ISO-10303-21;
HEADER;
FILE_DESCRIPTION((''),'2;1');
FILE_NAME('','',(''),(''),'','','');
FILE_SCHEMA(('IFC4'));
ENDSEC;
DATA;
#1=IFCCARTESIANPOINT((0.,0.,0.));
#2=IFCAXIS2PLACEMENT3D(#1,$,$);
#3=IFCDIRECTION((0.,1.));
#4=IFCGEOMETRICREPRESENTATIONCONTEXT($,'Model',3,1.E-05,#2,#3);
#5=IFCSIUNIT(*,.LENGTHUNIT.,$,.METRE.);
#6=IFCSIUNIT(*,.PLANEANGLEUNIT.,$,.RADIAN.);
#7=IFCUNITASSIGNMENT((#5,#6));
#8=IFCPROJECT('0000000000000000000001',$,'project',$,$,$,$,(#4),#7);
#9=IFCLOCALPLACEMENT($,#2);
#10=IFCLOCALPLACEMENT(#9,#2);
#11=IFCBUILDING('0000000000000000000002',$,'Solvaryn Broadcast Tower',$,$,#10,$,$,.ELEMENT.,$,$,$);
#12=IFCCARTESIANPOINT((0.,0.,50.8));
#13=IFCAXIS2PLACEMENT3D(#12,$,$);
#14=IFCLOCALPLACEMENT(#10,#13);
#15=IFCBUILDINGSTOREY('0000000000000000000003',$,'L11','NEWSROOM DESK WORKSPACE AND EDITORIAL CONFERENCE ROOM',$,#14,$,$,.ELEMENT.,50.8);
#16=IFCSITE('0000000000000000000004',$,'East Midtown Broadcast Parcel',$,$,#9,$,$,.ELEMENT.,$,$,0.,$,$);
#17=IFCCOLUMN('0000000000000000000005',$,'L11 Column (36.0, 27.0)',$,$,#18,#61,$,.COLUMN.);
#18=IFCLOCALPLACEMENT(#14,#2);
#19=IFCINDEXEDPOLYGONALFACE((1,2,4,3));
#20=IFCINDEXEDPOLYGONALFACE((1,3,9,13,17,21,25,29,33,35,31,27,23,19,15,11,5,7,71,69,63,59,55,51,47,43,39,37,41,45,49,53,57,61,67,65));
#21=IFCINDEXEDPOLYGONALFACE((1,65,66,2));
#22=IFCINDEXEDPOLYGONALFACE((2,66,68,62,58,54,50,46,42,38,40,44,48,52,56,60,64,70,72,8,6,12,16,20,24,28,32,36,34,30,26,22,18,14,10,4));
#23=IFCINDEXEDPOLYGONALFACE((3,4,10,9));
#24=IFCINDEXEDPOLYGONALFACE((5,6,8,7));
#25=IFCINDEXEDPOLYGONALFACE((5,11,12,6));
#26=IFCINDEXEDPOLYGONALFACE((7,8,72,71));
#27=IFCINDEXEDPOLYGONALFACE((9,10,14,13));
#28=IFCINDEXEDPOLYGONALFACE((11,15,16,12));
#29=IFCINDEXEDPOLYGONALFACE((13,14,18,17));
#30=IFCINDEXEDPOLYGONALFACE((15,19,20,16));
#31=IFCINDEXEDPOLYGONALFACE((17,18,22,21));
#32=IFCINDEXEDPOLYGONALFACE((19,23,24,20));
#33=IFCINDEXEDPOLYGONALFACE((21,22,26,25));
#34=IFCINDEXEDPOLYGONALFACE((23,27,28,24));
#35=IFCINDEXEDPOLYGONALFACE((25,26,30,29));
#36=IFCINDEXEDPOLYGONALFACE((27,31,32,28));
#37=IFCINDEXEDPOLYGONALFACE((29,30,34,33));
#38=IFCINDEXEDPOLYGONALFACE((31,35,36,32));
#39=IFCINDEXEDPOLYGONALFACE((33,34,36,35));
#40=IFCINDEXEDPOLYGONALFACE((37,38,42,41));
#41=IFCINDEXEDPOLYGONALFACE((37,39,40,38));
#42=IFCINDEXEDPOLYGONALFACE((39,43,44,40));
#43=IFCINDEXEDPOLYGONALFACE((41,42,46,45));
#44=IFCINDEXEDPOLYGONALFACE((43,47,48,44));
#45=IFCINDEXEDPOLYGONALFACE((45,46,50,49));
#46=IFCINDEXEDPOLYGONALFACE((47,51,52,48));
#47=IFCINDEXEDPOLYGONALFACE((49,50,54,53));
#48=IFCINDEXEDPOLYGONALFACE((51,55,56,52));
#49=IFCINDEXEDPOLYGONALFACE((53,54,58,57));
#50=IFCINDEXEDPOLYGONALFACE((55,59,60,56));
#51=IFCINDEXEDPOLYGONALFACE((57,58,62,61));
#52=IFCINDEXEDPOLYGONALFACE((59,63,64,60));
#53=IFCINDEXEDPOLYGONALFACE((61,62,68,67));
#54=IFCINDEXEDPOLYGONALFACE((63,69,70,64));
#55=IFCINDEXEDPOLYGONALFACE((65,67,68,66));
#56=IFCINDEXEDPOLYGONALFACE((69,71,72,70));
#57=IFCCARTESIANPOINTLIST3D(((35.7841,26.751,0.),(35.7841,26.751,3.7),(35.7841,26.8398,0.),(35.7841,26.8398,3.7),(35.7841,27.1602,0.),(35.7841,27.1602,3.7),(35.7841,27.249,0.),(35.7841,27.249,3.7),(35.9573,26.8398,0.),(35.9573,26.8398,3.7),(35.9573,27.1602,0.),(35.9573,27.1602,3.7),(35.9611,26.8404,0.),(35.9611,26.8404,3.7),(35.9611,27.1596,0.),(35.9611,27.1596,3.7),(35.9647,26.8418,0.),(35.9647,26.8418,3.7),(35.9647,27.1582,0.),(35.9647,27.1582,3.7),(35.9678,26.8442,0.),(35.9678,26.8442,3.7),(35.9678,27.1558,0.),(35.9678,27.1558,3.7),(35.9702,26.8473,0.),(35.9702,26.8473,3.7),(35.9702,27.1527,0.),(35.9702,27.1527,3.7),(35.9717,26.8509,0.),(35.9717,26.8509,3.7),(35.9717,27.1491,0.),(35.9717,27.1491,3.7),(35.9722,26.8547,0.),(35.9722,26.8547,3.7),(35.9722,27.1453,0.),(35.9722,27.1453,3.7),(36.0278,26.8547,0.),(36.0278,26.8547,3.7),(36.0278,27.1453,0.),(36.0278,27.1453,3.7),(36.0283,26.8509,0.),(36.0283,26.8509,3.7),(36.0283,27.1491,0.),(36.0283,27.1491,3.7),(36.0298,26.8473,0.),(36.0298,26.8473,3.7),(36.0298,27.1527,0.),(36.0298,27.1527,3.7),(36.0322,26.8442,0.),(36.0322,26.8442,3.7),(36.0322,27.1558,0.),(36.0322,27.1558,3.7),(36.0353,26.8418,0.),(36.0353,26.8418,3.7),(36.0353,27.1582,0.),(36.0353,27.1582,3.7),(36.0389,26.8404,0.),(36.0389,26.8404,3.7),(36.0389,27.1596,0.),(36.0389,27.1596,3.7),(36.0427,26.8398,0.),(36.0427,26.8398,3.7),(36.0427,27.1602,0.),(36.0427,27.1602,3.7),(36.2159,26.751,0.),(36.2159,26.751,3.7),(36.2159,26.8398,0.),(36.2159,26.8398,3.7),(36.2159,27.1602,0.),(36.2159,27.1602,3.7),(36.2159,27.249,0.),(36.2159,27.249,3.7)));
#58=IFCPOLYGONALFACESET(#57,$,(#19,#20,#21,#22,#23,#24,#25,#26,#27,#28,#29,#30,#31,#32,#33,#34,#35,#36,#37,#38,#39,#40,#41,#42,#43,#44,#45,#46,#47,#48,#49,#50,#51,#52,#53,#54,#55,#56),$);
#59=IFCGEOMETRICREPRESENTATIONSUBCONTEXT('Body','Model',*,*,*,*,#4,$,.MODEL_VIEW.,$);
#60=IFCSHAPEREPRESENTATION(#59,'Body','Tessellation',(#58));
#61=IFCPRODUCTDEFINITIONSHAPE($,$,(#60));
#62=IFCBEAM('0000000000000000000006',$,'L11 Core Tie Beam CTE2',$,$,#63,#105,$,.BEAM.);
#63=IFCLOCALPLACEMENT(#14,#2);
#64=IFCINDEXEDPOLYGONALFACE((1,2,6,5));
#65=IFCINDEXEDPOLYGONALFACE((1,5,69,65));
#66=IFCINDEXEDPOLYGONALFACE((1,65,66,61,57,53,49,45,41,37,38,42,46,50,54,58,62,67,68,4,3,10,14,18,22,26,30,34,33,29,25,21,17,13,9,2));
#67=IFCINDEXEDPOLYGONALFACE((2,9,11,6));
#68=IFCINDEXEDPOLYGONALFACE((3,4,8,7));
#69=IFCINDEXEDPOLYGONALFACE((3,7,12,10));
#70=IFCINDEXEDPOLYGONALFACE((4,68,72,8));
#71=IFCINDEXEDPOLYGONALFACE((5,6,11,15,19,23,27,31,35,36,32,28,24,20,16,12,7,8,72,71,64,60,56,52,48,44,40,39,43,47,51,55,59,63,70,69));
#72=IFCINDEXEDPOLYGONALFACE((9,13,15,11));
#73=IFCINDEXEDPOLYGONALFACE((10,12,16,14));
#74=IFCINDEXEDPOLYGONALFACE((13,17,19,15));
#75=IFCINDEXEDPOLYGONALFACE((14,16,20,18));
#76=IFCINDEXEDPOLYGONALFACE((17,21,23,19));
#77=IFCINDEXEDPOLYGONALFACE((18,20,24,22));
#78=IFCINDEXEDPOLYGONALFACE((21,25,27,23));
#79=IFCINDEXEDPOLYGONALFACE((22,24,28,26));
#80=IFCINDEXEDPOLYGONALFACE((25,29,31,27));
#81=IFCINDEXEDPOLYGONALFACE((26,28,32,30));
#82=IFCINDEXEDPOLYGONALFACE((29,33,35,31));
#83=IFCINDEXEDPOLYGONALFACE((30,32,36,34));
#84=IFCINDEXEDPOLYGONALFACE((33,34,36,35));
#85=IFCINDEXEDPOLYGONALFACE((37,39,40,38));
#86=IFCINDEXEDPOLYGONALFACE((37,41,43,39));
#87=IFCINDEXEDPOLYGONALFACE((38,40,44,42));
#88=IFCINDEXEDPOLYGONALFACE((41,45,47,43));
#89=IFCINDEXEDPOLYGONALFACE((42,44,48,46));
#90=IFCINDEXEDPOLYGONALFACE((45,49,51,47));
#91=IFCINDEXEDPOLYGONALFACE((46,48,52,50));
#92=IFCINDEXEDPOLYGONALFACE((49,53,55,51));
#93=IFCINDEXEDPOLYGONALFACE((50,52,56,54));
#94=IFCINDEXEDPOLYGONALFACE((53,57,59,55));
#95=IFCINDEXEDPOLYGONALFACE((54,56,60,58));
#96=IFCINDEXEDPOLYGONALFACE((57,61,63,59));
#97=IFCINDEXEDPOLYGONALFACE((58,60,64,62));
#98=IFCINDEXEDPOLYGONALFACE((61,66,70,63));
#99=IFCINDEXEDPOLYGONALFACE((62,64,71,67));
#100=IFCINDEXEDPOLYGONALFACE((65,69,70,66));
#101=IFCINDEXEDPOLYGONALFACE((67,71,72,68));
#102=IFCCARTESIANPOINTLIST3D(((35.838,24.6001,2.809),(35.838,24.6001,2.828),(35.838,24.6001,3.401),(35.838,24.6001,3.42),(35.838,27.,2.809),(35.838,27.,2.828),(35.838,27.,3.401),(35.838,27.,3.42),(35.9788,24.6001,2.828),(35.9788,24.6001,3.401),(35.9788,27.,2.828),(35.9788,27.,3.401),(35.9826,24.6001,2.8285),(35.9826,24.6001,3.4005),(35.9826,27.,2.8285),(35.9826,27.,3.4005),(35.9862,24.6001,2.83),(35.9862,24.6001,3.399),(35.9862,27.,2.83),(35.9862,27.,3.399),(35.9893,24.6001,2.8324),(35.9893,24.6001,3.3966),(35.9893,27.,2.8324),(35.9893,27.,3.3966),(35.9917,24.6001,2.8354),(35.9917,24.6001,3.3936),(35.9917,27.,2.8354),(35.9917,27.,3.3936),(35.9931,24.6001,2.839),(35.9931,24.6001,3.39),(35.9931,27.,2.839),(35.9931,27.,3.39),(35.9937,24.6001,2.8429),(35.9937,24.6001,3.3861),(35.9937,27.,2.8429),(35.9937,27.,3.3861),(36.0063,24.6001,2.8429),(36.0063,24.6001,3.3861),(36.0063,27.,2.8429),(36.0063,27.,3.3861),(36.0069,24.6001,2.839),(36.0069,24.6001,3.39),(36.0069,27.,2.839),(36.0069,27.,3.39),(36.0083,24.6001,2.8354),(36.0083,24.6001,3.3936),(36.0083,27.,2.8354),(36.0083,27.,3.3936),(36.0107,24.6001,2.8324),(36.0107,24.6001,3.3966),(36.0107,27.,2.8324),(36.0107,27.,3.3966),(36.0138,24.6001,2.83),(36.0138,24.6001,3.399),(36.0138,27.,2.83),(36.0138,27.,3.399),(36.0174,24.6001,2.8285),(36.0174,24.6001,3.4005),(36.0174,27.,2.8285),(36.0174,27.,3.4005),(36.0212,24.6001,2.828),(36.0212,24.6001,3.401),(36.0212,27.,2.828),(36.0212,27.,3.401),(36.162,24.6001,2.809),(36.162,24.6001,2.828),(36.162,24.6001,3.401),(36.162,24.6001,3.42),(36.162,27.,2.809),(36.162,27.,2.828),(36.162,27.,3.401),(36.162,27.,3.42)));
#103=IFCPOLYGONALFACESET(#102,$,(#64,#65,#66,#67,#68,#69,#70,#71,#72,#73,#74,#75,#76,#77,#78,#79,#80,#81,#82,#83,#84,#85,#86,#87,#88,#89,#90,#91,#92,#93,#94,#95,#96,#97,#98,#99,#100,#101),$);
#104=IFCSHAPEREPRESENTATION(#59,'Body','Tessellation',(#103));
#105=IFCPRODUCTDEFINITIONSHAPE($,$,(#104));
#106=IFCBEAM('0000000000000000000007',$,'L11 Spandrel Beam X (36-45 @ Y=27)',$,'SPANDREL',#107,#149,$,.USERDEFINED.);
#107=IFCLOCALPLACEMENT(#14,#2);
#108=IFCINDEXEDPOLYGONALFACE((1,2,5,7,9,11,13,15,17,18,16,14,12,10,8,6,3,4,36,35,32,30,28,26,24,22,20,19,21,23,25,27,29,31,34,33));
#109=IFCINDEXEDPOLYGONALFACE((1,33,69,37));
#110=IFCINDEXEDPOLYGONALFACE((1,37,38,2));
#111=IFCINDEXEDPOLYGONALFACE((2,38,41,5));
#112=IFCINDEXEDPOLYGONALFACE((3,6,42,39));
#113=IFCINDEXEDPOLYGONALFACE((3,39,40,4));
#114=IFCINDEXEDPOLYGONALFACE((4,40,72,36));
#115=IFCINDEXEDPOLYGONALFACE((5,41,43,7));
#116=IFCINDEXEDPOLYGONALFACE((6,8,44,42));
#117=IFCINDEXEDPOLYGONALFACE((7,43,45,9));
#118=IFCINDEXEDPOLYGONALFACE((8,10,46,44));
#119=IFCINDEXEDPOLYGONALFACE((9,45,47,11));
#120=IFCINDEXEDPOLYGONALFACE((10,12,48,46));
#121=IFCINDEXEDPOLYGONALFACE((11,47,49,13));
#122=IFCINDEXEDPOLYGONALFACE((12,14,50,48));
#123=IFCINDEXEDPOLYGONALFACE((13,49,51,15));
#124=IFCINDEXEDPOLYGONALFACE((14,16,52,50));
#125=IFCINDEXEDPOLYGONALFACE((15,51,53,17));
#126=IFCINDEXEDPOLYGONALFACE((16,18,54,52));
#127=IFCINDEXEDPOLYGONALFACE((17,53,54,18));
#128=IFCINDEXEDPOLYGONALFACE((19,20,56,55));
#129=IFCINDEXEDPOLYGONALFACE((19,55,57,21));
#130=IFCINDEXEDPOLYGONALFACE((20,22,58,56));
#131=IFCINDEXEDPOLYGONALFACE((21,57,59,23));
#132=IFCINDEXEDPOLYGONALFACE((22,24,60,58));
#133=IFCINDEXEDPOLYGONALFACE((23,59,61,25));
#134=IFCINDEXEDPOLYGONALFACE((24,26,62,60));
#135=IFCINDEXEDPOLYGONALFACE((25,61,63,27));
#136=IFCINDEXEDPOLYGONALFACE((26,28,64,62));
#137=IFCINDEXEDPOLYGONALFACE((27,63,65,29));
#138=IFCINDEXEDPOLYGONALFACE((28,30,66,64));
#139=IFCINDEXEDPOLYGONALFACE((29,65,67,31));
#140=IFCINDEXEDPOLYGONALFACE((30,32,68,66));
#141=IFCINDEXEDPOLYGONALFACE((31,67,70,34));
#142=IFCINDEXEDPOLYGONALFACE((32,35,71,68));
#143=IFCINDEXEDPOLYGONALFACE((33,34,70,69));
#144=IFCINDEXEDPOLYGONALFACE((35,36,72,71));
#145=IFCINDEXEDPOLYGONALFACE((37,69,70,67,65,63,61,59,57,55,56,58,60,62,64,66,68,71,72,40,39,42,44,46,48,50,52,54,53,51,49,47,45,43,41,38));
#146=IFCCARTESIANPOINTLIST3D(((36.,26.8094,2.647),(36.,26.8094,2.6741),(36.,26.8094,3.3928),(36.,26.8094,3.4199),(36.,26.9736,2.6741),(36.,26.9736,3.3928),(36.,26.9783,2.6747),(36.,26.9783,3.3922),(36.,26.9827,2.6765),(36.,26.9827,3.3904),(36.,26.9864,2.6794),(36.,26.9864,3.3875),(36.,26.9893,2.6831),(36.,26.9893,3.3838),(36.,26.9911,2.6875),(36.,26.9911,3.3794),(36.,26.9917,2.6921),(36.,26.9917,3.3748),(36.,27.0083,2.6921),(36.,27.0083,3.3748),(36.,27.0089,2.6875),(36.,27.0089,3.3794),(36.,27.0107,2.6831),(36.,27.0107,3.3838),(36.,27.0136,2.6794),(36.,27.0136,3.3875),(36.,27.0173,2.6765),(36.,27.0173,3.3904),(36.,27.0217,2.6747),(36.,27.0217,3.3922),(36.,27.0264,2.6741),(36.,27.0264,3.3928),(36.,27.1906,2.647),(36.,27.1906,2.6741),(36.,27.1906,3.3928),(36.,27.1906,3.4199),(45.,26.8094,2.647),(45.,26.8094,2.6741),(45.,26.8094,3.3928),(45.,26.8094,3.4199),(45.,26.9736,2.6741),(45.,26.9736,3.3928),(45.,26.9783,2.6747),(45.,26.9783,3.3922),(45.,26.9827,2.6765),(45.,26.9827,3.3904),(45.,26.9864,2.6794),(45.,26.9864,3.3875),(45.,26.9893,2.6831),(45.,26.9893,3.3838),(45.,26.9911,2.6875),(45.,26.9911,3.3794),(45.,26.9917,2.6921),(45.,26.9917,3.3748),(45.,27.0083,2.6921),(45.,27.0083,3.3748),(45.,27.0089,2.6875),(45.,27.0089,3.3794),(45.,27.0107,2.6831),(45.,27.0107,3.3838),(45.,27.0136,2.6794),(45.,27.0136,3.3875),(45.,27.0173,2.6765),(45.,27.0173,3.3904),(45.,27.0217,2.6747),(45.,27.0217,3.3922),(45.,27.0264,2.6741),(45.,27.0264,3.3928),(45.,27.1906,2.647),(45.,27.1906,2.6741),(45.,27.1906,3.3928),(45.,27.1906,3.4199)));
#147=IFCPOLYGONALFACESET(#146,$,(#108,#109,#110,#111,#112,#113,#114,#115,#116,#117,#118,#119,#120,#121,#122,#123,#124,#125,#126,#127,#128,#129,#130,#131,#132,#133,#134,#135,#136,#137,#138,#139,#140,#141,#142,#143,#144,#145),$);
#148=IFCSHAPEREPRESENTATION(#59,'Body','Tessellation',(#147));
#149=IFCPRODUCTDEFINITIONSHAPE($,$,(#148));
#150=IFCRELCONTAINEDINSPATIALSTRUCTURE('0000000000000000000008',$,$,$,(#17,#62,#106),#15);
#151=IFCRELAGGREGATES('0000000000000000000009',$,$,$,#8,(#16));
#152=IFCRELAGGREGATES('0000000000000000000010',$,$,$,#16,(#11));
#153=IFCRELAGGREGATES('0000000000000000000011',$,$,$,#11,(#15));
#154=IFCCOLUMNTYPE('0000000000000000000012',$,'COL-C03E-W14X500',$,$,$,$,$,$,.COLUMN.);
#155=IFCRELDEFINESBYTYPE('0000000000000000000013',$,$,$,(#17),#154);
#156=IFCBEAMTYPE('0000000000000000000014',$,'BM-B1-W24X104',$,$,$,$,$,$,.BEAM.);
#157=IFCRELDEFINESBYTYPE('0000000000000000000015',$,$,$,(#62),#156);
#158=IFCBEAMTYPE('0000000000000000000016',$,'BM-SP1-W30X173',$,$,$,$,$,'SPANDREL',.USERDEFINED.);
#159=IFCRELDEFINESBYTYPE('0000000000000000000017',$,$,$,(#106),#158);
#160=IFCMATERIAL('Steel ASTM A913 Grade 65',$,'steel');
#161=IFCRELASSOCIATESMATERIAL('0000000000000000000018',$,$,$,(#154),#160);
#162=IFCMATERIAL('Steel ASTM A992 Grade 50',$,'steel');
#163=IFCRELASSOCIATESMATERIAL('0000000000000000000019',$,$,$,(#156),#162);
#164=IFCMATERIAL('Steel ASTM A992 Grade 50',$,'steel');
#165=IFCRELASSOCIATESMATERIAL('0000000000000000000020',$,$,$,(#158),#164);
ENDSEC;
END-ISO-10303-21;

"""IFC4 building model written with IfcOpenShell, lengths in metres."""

from ifc_helpers import new_model, si_unit, direction, frame, origin, origin_2d, place, context, subcontext, project, spatial, i_section, extrude, material, material_profile, profile_set, type_object, element, save


model = new_model("IFC4")

# Units and contexts
model_context = context("Model", 3, precision=1e-05, world=origin(), true_north=direction((0.0, 1.0)))
body_context = subcontext(model_context, "Body", "Model", "MODEL_VIEW")
ifc_project = project(units=[si_unit("LENGTHUNIT", "METRE"), si_unit("PLANEANGLEUNIT", "RADIAN")], contexts=[model_context])

# Site, building, storey
site_placement = place(None, origin())
site = spatial("IfcSite", under=ifc_project, at=site_placement, Name="East Midtown Broadcast Parcel", CompositionType="ELEMENT", RefElevation=0.0)
building_placement = place(site_placement, origin())
building = spatial("IfcBuilding", under=site, at=building_placement, Name="Solvaryn Broadcast Tower", CompositionType="ELEMENT")
storey_placement = place(building_placement, frame((0.0, 0.0, 50.8)))
storey = spatial("IfcBuildingStorey", under=building, at=storey_placement, Name="L11", Description="NEWSROOM DESK WORKSPACE AND EDITORIAL CONFERENCE ROOM", CompositionType="ELEMENT", Elevation=50.8)

# Column
ifc_material_1 = material(Name="Steel ASTM A913 Grade 65", Category="steel")
ifc_material_profile_1 = material_profile(ifc_material_1, i_section(OverallWidth=0.4319, OverallDepth=0.498, WebThickness=0.0557, FlangeThickness=0.0889, FilletRadius=0.0149, at=origin_2d()))
ifc_profile_set_1 = profile_set([ifc_material_profile_1], Name="Steel ASTM A913 Grade 65")
column_type = type_object("IfcColumnType", Name="COL-C03E-W14X500", PredefinedType="COLUMN", material=ifc_profile_set_1)
column_placement = place(storey_placement, frame((36.0, 27.0, 0.0), z_axis=(0.0, 0.0, 1.0), x_axis=(1.0, 0.0, 0.0)))
element("IfcColumn", 1, at=column_placement, inside=storey, type_object=column_type, Name="L11 Column (36.0, 27.0)", PredefinedType="COLUMN", context=body_context, shape_type="SweptSolid", body=[
    extrude(i_section(OverallWidth=0.4319, OverallDepth=0.498, WebThickness=0.0557, FlangeThickness=0.0889, FilletRadius=0.0149, at=origin_2d()), origin(), (0.0, 0.0, 1.0), 3.7),
])

# Beams
ifc_material_2 = material(Name="Steel ASTM A992 Grade 50", Category="steel")
ifc_material_profile_2 = material_profile(ifc_material_2, i_section(OverallWidth=0.324, OverallDepth=0.6111, WebThickness=0.0127, FlangeThickness=0.019, FilletRadius=0.0149, at=origin_2d()))
ifc_profile_set_2 = profile_set([ifc_material_profile_2], Name="Steel ASTM A992 Grade 50")
beam_type_1 = type_object("IfcBeamType", Name="BM-B1-W24X104", PredefinedType="BEAM", material=ifc_profile_set_2)
beam_1_placement = place(storey_placement, frame((36.0, 24.6001, 3.1145), z_axis=(0.0, 1.0, 0.0), x_axis=(-1.0, 0.0, 0.0)))
element("IfcBeam", 2, at=beam_1_placement, inside=storey, type_object=beam_type_1, Name="L11 Core Tie Beam CTE2", PredefinedType="BEAM", context=body_context, shape_type="SweptSolid", body=[
    extrude(i_section(OverallWidth=0.324, OverallDepth=0.6111, WebThickness=0.0127, FlangeThickness=0.019, FilletRadius=0.0149, at=origin_2d()), origin(), (0.0, 0.0, 1.0), 2.3999),
])
ifc_material_3 = material(Name="Steel ASTM A992 Grade 50", Category="steel")
ifc_material_profile_3 = material_profile(ifc_material_3, i_section(OverallWidth=0.3811, OverallDepth=0.7729, WebThickness=0.0166, FlangeThickness=0.0271, FilletRadius=0.0181, at=origin_2d()))
ifc_profile_set_3 = profile_set([ifc_material_profile_3], Name="Steel ASTM A992 Grade 50")
beam_type_2 = type_object("IfcBeamType", Name="BM-SP1-W30X173", ElementType="SPANDREL", PredefinedType="USERDEFINED", material=ifc_profile_set_3)
beam_2_placement = place(storey_placement, frame((36.0, 27.0, 3.0334), z_axis=(1.0, 0.0, 0.0), x_axis=(0.0, 1.0, 0.0)))
element("IfcBeam", 3, at=beam_2_placement, inside=storey, type_object=beam_type_2, Name="L11 Spandrel Beam X (36-45 @ Y=27)", ObjectType="SPANDREL", PredefinedType="USERDEFINED", context=body_context, shape_type="SweptSolid", body=[
    extrude(i_section(OverallWidth=0.3811, OverallDepth=0.7729, WebThickness=0.0166, FlangeThickness=0.0271, FilletRadius=0.0181, at=origin_2d()), origin(), (0.0, 0.0, 1.0), 9.0),
])

save(model, "model.ifc")
